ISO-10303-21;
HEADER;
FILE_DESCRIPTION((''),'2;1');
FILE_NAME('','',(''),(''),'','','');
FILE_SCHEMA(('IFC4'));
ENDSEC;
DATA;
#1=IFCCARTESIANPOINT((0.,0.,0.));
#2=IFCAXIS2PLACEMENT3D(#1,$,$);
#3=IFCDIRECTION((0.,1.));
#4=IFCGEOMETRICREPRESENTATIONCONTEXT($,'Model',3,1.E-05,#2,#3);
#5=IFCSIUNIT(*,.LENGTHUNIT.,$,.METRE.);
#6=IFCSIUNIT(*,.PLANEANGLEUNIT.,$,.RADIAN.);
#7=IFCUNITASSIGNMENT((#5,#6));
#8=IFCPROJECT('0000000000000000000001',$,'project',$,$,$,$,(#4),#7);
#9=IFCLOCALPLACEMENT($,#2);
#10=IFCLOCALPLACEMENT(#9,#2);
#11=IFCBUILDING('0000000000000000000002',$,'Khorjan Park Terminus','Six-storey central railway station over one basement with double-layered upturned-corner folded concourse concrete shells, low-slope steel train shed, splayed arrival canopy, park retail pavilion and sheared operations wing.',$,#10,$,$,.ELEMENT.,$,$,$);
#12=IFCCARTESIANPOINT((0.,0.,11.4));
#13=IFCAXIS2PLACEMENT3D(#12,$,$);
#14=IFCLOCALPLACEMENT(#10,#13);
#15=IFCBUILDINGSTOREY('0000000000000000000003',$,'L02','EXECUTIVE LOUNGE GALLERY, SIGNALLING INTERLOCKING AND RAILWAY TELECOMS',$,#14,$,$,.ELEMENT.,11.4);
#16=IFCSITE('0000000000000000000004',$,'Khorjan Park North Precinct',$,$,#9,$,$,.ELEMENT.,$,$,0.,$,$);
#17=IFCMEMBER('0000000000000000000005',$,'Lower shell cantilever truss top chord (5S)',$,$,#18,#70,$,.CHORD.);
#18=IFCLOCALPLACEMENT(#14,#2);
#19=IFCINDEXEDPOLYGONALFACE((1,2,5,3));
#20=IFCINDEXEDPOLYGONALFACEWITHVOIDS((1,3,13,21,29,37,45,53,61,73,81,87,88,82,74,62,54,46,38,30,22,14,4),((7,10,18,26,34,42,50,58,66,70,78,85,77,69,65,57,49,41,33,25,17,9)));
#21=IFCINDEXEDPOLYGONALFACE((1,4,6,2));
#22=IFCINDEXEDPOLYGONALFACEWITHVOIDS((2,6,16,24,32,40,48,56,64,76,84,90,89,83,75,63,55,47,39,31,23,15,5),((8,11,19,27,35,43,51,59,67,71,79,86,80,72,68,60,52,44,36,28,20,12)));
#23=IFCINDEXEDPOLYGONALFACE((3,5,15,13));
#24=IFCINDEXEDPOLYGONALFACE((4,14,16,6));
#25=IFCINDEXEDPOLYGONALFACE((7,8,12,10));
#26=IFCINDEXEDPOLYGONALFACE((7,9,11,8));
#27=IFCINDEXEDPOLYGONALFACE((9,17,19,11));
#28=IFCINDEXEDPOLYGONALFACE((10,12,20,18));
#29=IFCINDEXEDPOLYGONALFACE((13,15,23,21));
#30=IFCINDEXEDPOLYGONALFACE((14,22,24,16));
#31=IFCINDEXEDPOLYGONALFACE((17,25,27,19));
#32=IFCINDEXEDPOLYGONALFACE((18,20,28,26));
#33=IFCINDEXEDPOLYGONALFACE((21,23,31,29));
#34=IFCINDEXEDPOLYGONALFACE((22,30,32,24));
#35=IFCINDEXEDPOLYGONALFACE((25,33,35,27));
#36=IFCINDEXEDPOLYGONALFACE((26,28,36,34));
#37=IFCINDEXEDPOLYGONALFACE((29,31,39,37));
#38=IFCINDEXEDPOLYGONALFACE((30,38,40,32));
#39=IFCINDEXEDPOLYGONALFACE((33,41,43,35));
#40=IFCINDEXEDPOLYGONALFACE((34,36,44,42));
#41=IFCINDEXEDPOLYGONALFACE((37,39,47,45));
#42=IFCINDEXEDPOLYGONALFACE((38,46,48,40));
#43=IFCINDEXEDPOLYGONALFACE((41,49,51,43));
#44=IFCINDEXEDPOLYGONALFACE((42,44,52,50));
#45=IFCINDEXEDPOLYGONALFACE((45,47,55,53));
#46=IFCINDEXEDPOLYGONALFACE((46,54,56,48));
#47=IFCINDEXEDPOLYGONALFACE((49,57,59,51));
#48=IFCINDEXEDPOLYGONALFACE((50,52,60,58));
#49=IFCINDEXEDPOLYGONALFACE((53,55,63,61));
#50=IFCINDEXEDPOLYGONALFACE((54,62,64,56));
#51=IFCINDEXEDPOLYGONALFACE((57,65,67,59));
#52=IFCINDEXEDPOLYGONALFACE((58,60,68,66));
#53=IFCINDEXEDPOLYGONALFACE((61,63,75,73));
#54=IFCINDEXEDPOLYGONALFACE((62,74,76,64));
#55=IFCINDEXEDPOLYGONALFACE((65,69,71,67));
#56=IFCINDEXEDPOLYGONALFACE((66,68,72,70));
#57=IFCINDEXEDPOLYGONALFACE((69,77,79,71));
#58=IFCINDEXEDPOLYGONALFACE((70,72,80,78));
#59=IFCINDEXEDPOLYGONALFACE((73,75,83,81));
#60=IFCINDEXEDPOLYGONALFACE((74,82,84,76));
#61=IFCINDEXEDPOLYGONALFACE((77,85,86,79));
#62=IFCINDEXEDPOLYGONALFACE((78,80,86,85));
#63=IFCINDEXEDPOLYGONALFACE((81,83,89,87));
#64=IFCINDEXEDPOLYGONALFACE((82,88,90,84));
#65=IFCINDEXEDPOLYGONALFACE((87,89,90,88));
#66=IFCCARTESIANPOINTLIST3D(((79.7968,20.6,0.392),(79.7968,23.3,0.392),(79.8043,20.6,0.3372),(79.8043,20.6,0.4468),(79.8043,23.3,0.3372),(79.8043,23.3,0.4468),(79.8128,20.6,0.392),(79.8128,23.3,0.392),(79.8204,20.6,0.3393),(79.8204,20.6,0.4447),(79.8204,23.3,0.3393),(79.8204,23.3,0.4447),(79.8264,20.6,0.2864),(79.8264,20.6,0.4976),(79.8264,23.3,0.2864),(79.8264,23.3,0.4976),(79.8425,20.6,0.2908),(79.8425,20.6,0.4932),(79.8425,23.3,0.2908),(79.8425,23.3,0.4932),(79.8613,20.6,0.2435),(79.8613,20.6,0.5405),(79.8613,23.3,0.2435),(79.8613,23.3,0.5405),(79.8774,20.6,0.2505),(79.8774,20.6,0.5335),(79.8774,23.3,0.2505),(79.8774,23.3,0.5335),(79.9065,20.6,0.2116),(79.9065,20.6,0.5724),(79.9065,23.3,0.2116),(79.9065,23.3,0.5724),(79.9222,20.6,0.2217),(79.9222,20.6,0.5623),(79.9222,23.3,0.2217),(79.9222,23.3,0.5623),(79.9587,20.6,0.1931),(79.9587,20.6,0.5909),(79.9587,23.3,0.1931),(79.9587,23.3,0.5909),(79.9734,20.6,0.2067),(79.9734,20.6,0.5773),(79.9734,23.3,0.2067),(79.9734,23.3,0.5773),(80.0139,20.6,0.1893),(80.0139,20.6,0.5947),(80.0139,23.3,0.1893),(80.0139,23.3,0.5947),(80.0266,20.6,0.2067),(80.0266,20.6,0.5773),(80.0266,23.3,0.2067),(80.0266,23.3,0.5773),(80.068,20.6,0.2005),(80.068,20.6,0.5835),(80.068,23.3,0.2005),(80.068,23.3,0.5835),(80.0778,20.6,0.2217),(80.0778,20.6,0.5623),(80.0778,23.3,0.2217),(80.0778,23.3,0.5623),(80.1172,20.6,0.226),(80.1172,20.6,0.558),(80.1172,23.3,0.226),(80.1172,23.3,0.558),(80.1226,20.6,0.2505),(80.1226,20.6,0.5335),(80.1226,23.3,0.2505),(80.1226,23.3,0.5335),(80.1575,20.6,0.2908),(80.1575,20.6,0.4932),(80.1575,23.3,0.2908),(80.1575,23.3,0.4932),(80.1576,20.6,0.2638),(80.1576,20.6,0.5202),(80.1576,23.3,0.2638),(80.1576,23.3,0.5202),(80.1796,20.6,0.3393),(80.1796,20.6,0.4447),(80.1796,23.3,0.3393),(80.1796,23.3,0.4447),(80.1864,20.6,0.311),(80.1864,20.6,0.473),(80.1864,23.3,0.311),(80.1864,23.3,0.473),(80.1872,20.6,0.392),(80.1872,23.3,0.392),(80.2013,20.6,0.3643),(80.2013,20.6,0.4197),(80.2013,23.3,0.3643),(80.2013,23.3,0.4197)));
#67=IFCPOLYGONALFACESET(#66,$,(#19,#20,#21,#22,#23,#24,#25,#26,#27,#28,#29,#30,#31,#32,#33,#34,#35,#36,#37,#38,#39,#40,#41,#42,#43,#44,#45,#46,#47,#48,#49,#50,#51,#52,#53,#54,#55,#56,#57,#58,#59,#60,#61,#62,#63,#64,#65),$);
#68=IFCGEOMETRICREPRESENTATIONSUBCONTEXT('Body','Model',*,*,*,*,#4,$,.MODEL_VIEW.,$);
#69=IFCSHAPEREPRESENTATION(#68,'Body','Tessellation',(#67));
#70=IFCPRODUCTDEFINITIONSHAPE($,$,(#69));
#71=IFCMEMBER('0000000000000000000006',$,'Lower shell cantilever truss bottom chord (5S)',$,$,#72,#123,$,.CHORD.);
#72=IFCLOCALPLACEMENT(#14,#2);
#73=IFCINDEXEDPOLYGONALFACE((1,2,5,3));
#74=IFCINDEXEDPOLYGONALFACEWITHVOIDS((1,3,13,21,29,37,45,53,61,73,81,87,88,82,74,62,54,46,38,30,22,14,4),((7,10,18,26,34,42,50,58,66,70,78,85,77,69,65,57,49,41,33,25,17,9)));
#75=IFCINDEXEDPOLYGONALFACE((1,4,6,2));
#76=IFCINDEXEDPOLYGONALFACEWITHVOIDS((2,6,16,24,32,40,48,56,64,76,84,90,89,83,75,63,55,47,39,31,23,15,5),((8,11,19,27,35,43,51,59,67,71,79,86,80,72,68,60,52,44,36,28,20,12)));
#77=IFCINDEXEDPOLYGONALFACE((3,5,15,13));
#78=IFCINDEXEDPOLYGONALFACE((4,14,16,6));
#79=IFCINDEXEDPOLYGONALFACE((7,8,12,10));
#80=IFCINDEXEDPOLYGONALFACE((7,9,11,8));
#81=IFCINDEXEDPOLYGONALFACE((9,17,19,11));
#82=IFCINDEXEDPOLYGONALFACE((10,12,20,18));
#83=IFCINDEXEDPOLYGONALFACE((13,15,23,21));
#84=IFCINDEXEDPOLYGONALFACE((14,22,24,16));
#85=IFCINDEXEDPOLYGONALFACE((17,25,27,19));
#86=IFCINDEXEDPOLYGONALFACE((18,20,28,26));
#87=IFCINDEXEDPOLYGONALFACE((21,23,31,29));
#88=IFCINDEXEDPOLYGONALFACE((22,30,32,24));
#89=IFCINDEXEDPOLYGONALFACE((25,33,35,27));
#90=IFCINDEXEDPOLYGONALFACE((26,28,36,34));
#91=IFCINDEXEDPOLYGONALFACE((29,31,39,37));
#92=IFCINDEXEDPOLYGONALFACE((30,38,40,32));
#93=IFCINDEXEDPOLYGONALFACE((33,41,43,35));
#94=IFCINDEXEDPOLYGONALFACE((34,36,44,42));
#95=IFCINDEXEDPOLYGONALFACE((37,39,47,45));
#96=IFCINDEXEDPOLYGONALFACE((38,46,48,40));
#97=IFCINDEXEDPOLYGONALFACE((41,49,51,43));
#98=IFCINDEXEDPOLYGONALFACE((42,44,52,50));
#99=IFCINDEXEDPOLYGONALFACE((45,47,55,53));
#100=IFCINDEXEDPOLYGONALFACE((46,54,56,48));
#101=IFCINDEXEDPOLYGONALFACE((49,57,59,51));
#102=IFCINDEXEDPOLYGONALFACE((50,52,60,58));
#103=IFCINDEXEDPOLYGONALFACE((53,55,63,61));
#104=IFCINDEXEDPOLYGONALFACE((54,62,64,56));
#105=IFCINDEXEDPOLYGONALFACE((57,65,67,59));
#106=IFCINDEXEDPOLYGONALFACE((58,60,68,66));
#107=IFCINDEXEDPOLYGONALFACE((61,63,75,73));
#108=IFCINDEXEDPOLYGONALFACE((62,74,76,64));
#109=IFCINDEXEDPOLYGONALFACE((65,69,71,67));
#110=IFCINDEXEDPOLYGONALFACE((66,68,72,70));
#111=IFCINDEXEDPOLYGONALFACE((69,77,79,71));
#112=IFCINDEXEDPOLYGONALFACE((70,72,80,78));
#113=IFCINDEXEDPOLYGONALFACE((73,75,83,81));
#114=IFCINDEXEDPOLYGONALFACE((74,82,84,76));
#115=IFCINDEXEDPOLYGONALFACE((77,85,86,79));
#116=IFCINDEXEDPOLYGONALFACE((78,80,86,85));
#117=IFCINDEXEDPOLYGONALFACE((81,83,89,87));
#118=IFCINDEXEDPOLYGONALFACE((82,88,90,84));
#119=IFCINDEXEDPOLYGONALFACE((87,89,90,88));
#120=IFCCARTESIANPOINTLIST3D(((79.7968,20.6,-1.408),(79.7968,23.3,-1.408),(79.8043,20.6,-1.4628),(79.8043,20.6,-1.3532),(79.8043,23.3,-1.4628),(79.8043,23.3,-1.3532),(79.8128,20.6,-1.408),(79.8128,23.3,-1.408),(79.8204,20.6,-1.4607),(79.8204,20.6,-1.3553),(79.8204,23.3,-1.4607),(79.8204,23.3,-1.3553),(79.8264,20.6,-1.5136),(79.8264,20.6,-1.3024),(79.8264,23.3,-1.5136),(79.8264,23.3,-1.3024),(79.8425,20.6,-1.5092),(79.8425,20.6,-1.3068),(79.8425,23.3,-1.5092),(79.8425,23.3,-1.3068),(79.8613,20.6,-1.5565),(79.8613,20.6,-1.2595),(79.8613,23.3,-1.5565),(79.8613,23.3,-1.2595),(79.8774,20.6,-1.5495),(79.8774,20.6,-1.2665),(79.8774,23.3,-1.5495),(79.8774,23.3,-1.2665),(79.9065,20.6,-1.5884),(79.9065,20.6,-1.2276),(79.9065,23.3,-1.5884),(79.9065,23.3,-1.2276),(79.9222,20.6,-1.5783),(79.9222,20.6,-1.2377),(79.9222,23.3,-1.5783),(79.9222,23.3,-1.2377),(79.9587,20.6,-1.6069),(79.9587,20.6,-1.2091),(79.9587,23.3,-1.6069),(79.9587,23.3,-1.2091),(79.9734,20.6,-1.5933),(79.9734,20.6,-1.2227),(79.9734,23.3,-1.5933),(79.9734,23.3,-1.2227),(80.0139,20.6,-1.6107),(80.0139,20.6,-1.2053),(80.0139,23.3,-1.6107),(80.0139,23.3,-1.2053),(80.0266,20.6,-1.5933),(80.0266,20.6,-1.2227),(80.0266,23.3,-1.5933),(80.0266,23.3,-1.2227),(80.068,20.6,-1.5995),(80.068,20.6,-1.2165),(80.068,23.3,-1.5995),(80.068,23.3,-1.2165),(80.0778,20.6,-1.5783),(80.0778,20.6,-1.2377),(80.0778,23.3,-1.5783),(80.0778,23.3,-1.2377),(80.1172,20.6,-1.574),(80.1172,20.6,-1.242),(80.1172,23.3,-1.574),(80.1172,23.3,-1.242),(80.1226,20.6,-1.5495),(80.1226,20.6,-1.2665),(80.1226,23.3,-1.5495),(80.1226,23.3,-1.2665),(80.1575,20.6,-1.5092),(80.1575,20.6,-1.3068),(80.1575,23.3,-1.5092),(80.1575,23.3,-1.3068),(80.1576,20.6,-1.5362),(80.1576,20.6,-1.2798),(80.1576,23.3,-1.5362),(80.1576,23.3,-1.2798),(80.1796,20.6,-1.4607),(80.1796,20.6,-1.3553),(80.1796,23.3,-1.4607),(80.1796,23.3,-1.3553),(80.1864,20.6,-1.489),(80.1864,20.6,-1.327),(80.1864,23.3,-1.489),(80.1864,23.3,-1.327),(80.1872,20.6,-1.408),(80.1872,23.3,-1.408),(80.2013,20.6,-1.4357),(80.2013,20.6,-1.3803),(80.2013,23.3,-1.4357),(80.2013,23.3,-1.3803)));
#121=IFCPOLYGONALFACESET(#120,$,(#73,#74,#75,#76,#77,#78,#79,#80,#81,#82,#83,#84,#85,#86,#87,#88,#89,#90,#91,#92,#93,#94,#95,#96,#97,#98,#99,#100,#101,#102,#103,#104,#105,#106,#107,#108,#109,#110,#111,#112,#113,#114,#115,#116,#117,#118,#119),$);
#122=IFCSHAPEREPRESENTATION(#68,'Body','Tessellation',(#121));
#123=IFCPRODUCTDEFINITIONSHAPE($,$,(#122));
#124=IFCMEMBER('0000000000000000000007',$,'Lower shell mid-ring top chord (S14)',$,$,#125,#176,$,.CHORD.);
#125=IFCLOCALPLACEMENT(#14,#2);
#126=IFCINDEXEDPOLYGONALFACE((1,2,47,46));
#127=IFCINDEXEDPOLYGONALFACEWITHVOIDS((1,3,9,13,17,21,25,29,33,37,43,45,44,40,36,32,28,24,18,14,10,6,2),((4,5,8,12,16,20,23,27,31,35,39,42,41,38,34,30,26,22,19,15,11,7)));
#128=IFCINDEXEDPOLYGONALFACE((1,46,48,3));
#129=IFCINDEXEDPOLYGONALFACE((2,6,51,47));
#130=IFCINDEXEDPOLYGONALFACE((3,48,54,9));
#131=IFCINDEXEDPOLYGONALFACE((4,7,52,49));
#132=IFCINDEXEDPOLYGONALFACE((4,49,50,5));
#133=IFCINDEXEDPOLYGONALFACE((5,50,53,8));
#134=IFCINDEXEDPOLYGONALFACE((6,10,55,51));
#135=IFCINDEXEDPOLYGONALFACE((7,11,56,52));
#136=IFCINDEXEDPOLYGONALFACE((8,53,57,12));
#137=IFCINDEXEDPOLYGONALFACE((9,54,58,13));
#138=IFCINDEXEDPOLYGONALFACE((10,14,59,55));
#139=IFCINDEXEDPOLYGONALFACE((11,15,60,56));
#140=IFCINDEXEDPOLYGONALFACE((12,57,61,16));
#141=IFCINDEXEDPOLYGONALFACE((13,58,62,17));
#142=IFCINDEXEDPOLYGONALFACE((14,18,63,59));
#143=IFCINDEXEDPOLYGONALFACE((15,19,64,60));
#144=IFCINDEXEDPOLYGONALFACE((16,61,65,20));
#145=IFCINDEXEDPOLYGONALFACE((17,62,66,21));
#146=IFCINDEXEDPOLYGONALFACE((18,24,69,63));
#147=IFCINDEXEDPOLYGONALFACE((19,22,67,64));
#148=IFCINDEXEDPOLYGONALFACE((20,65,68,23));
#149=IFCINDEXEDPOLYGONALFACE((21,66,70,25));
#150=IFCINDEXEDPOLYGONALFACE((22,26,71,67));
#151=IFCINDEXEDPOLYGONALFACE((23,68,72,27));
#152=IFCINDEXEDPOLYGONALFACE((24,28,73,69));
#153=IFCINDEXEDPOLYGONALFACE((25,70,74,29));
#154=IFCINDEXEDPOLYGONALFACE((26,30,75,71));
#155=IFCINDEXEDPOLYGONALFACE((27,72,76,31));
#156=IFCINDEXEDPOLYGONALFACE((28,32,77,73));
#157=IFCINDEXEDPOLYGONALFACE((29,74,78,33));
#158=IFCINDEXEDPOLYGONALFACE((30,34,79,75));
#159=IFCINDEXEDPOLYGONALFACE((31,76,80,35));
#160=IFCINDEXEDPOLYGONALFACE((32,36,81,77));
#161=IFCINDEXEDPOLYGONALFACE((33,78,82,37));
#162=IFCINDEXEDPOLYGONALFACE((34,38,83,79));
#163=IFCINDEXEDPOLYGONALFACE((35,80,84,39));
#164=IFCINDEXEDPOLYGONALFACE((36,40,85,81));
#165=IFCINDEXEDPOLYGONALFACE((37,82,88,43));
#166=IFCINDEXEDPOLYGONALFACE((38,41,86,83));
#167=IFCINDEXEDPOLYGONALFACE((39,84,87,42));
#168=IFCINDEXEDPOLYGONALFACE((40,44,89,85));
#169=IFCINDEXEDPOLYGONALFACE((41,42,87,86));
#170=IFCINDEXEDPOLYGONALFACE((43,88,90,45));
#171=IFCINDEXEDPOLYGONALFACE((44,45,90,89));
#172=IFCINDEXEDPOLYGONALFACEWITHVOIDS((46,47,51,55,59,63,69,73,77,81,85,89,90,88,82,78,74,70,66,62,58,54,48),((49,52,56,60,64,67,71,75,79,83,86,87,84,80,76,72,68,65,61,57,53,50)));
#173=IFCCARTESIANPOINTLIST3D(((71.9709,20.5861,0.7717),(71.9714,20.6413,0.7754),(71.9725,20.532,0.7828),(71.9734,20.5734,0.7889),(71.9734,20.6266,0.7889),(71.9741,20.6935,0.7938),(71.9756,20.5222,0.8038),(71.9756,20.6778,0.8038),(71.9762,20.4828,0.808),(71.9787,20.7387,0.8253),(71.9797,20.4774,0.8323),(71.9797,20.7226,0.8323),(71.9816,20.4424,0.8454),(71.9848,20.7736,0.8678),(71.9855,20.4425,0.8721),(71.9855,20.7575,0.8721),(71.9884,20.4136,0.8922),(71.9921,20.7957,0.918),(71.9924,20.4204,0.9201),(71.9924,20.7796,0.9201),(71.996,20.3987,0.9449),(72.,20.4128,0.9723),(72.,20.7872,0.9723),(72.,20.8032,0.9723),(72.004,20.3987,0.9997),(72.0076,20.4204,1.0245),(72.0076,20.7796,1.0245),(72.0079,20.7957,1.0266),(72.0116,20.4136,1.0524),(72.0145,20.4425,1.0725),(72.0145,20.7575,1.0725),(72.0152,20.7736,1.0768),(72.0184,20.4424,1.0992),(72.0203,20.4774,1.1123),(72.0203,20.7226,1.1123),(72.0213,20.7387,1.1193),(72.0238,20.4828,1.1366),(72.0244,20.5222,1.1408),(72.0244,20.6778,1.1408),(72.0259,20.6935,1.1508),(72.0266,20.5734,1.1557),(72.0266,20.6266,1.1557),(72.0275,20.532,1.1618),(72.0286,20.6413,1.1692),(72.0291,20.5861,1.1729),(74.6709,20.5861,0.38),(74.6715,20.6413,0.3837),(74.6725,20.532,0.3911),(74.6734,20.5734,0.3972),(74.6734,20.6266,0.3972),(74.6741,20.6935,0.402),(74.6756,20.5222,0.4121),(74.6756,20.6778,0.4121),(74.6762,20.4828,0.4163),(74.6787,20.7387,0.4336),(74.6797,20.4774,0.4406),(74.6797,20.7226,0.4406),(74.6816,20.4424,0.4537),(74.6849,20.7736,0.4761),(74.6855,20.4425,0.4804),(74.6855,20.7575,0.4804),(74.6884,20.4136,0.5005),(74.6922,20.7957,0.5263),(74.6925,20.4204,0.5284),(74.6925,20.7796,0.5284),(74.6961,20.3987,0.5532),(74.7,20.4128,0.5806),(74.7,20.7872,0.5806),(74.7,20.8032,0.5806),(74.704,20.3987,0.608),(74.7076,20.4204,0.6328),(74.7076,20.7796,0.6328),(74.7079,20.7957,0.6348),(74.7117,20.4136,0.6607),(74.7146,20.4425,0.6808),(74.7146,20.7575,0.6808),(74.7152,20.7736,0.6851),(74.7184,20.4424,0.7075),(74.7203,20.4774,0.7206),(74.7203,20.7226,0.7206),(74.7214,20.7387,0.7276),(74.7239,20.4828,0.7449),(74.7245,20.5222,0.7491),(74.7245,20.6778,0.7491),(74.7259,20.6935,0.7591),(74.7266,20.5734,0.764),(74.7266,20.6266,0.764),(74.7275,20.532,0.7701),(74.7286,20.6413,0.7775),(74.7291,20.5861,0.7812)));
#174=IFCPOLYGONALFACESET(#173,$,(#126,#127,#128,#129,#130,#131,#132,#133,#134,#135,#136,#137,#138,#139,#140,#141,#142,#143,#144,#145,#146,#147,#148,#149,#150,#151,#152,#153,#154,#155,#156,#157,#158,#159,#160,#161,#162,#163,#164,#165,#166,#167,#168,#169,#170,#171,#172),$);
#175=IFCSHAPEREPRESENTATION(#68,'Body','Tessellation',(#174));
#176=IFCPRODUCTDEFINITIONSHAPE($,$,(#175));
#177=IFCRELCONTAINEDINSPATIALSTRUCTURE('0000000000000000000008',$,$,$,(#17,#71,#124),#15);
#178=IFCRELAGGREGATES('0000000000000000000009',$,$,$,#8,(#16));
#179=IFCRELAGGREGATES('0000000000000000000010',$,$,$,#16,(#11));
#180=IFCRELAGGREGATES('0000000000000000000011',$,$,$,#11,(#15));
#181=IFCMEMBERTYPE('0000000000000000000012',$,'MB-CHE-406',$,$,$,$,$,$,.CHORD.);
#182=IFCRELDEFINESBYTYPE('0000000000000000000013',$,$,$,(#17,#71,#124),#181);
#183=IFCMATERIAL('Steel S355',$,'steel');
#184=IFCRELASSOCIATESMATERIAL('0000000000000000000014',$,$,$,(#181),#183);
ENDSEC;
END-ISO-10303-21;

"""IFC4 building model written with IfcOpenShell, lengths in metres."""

from ifc_helpers import new_model, si_unit, direction, frame, origin, origin_2d, place, context, subcontext, project, spatial, hollow_circle, extrude, material, material_profile, profile_set, type_object, element, save


model = new_model("IFC4")

# Units and contexts
model_context = context("Model", 3, precision=1e-05, world=origin(), true_north=direction((0.0, 1.0)))
body_context = subcontext(model_context, "Body", "Model", "MODEL_VIEW")
ifc_project = project(units=[si_unit("LENGTHUNIT", "METRE"), si_unit("PLANEANGLEUNIT", "RADIAN")], contexts=[model_context])

# Site, building, storey
site_placement = place(None, origin())
site = spatial("IfcSite", under=ifc_project, at=site_placement, Name="Khorjan Park North Precinct", CompositionType="ELEMENT", RefElevation=0.0)
building_placement = place(site_placement, origin())
building = spatial("IfcBuilding", under=site, at=building_placement, Name="Khorjan Park Terminus", Description="Six-storey central railway station over one basement with double-layered upturned-corner folded concourse concrete shells, low-slope steel train shed, splayed arrival canopy, park retail pavilion and sheared operations wing.", CompositionType="ELEMENT")
storey_placement = place(building_placement, frame((0.0, 0.0, 11.4)))
storey = spatial("IfcBuildingStorey", under=building, at=storey_placement, Name="L02", Description="EXECUTIVE LOUNGE GALLERY, SIGNALLING INTERLOCKING AND RAILWAY TELECOMS", CompositionType="ELEMENT", Elevation=11.4)

# Members
ifc_material_1 = material(Name="Steel S355", Category="steel")
ifc_material_profile_1 = material_profile(ifc_material_1, hollow_circle(Radius=0.2032, WallThickness=0.016, at=origin_2d()), Name="CHS 406.4x16")
ifc_profile_set_1 = profile_set([ifc_material_profile_1], Name="Steel S355")
member_type_1 = type_object("IfcMemberType", Name="MB-CHE-406", PredefinedType="CHORD", material=ifc_profile_set_1)
for number, where, z_axis, x_axis, name in (
    (1, (80.0, 20.6, 0.392), (0.0, 1.0, 0.0), (-1.0, 0.0, 0.0), "Lower shell cantilever truss top chord (5S)"),
    (2, (80.0, 20.6, -1.408), (0.0, 1.0, 0.0), (-1.0, 0.0, 0.0), "Lower shell cantilever truss bottom chord (5S)"),
):
    element("IfcMember", number, at=place(storey_placement, frame(where, z_axis=z_axis, x_axis=x_axis)), inside=storey, type_object=member_type_1, Name=name, PredefinedType="CHORD", context=body_context, shape_type="SweptSolid", body=[
        extrude(hollow_circle(Radius=0.2032, WallThickness=0.016, at=origin_2d()), origin(), (0.0, 0.0, 1.0), 2.7),
    ])
for number, where, z_axis, x_axis, name in (
    (3, (72.0, 20.6, 0.9723), (0.98964, 0.0, -0.143571), (0.0, 1.0, 0.0), "Lower shell mid-ring top chord (S14)"),
):
    element("IfcMember", number, at=place(storey_placement, frame(where, z_axis=z_axis, x_axis=x_axis)), inside=storey, type_object=member_type_1, Name=name, PredefinedType="CHORD", context=body_context, shape_type="SweptSolid", body=[
        extrude(hollow_circle(Radius=0.2032, WallThickness=0.016, at=origin_2d()), origin(), (0.0, 0.0, 1.0), 2.7283),
    ])

save(model, "model.ifc")
